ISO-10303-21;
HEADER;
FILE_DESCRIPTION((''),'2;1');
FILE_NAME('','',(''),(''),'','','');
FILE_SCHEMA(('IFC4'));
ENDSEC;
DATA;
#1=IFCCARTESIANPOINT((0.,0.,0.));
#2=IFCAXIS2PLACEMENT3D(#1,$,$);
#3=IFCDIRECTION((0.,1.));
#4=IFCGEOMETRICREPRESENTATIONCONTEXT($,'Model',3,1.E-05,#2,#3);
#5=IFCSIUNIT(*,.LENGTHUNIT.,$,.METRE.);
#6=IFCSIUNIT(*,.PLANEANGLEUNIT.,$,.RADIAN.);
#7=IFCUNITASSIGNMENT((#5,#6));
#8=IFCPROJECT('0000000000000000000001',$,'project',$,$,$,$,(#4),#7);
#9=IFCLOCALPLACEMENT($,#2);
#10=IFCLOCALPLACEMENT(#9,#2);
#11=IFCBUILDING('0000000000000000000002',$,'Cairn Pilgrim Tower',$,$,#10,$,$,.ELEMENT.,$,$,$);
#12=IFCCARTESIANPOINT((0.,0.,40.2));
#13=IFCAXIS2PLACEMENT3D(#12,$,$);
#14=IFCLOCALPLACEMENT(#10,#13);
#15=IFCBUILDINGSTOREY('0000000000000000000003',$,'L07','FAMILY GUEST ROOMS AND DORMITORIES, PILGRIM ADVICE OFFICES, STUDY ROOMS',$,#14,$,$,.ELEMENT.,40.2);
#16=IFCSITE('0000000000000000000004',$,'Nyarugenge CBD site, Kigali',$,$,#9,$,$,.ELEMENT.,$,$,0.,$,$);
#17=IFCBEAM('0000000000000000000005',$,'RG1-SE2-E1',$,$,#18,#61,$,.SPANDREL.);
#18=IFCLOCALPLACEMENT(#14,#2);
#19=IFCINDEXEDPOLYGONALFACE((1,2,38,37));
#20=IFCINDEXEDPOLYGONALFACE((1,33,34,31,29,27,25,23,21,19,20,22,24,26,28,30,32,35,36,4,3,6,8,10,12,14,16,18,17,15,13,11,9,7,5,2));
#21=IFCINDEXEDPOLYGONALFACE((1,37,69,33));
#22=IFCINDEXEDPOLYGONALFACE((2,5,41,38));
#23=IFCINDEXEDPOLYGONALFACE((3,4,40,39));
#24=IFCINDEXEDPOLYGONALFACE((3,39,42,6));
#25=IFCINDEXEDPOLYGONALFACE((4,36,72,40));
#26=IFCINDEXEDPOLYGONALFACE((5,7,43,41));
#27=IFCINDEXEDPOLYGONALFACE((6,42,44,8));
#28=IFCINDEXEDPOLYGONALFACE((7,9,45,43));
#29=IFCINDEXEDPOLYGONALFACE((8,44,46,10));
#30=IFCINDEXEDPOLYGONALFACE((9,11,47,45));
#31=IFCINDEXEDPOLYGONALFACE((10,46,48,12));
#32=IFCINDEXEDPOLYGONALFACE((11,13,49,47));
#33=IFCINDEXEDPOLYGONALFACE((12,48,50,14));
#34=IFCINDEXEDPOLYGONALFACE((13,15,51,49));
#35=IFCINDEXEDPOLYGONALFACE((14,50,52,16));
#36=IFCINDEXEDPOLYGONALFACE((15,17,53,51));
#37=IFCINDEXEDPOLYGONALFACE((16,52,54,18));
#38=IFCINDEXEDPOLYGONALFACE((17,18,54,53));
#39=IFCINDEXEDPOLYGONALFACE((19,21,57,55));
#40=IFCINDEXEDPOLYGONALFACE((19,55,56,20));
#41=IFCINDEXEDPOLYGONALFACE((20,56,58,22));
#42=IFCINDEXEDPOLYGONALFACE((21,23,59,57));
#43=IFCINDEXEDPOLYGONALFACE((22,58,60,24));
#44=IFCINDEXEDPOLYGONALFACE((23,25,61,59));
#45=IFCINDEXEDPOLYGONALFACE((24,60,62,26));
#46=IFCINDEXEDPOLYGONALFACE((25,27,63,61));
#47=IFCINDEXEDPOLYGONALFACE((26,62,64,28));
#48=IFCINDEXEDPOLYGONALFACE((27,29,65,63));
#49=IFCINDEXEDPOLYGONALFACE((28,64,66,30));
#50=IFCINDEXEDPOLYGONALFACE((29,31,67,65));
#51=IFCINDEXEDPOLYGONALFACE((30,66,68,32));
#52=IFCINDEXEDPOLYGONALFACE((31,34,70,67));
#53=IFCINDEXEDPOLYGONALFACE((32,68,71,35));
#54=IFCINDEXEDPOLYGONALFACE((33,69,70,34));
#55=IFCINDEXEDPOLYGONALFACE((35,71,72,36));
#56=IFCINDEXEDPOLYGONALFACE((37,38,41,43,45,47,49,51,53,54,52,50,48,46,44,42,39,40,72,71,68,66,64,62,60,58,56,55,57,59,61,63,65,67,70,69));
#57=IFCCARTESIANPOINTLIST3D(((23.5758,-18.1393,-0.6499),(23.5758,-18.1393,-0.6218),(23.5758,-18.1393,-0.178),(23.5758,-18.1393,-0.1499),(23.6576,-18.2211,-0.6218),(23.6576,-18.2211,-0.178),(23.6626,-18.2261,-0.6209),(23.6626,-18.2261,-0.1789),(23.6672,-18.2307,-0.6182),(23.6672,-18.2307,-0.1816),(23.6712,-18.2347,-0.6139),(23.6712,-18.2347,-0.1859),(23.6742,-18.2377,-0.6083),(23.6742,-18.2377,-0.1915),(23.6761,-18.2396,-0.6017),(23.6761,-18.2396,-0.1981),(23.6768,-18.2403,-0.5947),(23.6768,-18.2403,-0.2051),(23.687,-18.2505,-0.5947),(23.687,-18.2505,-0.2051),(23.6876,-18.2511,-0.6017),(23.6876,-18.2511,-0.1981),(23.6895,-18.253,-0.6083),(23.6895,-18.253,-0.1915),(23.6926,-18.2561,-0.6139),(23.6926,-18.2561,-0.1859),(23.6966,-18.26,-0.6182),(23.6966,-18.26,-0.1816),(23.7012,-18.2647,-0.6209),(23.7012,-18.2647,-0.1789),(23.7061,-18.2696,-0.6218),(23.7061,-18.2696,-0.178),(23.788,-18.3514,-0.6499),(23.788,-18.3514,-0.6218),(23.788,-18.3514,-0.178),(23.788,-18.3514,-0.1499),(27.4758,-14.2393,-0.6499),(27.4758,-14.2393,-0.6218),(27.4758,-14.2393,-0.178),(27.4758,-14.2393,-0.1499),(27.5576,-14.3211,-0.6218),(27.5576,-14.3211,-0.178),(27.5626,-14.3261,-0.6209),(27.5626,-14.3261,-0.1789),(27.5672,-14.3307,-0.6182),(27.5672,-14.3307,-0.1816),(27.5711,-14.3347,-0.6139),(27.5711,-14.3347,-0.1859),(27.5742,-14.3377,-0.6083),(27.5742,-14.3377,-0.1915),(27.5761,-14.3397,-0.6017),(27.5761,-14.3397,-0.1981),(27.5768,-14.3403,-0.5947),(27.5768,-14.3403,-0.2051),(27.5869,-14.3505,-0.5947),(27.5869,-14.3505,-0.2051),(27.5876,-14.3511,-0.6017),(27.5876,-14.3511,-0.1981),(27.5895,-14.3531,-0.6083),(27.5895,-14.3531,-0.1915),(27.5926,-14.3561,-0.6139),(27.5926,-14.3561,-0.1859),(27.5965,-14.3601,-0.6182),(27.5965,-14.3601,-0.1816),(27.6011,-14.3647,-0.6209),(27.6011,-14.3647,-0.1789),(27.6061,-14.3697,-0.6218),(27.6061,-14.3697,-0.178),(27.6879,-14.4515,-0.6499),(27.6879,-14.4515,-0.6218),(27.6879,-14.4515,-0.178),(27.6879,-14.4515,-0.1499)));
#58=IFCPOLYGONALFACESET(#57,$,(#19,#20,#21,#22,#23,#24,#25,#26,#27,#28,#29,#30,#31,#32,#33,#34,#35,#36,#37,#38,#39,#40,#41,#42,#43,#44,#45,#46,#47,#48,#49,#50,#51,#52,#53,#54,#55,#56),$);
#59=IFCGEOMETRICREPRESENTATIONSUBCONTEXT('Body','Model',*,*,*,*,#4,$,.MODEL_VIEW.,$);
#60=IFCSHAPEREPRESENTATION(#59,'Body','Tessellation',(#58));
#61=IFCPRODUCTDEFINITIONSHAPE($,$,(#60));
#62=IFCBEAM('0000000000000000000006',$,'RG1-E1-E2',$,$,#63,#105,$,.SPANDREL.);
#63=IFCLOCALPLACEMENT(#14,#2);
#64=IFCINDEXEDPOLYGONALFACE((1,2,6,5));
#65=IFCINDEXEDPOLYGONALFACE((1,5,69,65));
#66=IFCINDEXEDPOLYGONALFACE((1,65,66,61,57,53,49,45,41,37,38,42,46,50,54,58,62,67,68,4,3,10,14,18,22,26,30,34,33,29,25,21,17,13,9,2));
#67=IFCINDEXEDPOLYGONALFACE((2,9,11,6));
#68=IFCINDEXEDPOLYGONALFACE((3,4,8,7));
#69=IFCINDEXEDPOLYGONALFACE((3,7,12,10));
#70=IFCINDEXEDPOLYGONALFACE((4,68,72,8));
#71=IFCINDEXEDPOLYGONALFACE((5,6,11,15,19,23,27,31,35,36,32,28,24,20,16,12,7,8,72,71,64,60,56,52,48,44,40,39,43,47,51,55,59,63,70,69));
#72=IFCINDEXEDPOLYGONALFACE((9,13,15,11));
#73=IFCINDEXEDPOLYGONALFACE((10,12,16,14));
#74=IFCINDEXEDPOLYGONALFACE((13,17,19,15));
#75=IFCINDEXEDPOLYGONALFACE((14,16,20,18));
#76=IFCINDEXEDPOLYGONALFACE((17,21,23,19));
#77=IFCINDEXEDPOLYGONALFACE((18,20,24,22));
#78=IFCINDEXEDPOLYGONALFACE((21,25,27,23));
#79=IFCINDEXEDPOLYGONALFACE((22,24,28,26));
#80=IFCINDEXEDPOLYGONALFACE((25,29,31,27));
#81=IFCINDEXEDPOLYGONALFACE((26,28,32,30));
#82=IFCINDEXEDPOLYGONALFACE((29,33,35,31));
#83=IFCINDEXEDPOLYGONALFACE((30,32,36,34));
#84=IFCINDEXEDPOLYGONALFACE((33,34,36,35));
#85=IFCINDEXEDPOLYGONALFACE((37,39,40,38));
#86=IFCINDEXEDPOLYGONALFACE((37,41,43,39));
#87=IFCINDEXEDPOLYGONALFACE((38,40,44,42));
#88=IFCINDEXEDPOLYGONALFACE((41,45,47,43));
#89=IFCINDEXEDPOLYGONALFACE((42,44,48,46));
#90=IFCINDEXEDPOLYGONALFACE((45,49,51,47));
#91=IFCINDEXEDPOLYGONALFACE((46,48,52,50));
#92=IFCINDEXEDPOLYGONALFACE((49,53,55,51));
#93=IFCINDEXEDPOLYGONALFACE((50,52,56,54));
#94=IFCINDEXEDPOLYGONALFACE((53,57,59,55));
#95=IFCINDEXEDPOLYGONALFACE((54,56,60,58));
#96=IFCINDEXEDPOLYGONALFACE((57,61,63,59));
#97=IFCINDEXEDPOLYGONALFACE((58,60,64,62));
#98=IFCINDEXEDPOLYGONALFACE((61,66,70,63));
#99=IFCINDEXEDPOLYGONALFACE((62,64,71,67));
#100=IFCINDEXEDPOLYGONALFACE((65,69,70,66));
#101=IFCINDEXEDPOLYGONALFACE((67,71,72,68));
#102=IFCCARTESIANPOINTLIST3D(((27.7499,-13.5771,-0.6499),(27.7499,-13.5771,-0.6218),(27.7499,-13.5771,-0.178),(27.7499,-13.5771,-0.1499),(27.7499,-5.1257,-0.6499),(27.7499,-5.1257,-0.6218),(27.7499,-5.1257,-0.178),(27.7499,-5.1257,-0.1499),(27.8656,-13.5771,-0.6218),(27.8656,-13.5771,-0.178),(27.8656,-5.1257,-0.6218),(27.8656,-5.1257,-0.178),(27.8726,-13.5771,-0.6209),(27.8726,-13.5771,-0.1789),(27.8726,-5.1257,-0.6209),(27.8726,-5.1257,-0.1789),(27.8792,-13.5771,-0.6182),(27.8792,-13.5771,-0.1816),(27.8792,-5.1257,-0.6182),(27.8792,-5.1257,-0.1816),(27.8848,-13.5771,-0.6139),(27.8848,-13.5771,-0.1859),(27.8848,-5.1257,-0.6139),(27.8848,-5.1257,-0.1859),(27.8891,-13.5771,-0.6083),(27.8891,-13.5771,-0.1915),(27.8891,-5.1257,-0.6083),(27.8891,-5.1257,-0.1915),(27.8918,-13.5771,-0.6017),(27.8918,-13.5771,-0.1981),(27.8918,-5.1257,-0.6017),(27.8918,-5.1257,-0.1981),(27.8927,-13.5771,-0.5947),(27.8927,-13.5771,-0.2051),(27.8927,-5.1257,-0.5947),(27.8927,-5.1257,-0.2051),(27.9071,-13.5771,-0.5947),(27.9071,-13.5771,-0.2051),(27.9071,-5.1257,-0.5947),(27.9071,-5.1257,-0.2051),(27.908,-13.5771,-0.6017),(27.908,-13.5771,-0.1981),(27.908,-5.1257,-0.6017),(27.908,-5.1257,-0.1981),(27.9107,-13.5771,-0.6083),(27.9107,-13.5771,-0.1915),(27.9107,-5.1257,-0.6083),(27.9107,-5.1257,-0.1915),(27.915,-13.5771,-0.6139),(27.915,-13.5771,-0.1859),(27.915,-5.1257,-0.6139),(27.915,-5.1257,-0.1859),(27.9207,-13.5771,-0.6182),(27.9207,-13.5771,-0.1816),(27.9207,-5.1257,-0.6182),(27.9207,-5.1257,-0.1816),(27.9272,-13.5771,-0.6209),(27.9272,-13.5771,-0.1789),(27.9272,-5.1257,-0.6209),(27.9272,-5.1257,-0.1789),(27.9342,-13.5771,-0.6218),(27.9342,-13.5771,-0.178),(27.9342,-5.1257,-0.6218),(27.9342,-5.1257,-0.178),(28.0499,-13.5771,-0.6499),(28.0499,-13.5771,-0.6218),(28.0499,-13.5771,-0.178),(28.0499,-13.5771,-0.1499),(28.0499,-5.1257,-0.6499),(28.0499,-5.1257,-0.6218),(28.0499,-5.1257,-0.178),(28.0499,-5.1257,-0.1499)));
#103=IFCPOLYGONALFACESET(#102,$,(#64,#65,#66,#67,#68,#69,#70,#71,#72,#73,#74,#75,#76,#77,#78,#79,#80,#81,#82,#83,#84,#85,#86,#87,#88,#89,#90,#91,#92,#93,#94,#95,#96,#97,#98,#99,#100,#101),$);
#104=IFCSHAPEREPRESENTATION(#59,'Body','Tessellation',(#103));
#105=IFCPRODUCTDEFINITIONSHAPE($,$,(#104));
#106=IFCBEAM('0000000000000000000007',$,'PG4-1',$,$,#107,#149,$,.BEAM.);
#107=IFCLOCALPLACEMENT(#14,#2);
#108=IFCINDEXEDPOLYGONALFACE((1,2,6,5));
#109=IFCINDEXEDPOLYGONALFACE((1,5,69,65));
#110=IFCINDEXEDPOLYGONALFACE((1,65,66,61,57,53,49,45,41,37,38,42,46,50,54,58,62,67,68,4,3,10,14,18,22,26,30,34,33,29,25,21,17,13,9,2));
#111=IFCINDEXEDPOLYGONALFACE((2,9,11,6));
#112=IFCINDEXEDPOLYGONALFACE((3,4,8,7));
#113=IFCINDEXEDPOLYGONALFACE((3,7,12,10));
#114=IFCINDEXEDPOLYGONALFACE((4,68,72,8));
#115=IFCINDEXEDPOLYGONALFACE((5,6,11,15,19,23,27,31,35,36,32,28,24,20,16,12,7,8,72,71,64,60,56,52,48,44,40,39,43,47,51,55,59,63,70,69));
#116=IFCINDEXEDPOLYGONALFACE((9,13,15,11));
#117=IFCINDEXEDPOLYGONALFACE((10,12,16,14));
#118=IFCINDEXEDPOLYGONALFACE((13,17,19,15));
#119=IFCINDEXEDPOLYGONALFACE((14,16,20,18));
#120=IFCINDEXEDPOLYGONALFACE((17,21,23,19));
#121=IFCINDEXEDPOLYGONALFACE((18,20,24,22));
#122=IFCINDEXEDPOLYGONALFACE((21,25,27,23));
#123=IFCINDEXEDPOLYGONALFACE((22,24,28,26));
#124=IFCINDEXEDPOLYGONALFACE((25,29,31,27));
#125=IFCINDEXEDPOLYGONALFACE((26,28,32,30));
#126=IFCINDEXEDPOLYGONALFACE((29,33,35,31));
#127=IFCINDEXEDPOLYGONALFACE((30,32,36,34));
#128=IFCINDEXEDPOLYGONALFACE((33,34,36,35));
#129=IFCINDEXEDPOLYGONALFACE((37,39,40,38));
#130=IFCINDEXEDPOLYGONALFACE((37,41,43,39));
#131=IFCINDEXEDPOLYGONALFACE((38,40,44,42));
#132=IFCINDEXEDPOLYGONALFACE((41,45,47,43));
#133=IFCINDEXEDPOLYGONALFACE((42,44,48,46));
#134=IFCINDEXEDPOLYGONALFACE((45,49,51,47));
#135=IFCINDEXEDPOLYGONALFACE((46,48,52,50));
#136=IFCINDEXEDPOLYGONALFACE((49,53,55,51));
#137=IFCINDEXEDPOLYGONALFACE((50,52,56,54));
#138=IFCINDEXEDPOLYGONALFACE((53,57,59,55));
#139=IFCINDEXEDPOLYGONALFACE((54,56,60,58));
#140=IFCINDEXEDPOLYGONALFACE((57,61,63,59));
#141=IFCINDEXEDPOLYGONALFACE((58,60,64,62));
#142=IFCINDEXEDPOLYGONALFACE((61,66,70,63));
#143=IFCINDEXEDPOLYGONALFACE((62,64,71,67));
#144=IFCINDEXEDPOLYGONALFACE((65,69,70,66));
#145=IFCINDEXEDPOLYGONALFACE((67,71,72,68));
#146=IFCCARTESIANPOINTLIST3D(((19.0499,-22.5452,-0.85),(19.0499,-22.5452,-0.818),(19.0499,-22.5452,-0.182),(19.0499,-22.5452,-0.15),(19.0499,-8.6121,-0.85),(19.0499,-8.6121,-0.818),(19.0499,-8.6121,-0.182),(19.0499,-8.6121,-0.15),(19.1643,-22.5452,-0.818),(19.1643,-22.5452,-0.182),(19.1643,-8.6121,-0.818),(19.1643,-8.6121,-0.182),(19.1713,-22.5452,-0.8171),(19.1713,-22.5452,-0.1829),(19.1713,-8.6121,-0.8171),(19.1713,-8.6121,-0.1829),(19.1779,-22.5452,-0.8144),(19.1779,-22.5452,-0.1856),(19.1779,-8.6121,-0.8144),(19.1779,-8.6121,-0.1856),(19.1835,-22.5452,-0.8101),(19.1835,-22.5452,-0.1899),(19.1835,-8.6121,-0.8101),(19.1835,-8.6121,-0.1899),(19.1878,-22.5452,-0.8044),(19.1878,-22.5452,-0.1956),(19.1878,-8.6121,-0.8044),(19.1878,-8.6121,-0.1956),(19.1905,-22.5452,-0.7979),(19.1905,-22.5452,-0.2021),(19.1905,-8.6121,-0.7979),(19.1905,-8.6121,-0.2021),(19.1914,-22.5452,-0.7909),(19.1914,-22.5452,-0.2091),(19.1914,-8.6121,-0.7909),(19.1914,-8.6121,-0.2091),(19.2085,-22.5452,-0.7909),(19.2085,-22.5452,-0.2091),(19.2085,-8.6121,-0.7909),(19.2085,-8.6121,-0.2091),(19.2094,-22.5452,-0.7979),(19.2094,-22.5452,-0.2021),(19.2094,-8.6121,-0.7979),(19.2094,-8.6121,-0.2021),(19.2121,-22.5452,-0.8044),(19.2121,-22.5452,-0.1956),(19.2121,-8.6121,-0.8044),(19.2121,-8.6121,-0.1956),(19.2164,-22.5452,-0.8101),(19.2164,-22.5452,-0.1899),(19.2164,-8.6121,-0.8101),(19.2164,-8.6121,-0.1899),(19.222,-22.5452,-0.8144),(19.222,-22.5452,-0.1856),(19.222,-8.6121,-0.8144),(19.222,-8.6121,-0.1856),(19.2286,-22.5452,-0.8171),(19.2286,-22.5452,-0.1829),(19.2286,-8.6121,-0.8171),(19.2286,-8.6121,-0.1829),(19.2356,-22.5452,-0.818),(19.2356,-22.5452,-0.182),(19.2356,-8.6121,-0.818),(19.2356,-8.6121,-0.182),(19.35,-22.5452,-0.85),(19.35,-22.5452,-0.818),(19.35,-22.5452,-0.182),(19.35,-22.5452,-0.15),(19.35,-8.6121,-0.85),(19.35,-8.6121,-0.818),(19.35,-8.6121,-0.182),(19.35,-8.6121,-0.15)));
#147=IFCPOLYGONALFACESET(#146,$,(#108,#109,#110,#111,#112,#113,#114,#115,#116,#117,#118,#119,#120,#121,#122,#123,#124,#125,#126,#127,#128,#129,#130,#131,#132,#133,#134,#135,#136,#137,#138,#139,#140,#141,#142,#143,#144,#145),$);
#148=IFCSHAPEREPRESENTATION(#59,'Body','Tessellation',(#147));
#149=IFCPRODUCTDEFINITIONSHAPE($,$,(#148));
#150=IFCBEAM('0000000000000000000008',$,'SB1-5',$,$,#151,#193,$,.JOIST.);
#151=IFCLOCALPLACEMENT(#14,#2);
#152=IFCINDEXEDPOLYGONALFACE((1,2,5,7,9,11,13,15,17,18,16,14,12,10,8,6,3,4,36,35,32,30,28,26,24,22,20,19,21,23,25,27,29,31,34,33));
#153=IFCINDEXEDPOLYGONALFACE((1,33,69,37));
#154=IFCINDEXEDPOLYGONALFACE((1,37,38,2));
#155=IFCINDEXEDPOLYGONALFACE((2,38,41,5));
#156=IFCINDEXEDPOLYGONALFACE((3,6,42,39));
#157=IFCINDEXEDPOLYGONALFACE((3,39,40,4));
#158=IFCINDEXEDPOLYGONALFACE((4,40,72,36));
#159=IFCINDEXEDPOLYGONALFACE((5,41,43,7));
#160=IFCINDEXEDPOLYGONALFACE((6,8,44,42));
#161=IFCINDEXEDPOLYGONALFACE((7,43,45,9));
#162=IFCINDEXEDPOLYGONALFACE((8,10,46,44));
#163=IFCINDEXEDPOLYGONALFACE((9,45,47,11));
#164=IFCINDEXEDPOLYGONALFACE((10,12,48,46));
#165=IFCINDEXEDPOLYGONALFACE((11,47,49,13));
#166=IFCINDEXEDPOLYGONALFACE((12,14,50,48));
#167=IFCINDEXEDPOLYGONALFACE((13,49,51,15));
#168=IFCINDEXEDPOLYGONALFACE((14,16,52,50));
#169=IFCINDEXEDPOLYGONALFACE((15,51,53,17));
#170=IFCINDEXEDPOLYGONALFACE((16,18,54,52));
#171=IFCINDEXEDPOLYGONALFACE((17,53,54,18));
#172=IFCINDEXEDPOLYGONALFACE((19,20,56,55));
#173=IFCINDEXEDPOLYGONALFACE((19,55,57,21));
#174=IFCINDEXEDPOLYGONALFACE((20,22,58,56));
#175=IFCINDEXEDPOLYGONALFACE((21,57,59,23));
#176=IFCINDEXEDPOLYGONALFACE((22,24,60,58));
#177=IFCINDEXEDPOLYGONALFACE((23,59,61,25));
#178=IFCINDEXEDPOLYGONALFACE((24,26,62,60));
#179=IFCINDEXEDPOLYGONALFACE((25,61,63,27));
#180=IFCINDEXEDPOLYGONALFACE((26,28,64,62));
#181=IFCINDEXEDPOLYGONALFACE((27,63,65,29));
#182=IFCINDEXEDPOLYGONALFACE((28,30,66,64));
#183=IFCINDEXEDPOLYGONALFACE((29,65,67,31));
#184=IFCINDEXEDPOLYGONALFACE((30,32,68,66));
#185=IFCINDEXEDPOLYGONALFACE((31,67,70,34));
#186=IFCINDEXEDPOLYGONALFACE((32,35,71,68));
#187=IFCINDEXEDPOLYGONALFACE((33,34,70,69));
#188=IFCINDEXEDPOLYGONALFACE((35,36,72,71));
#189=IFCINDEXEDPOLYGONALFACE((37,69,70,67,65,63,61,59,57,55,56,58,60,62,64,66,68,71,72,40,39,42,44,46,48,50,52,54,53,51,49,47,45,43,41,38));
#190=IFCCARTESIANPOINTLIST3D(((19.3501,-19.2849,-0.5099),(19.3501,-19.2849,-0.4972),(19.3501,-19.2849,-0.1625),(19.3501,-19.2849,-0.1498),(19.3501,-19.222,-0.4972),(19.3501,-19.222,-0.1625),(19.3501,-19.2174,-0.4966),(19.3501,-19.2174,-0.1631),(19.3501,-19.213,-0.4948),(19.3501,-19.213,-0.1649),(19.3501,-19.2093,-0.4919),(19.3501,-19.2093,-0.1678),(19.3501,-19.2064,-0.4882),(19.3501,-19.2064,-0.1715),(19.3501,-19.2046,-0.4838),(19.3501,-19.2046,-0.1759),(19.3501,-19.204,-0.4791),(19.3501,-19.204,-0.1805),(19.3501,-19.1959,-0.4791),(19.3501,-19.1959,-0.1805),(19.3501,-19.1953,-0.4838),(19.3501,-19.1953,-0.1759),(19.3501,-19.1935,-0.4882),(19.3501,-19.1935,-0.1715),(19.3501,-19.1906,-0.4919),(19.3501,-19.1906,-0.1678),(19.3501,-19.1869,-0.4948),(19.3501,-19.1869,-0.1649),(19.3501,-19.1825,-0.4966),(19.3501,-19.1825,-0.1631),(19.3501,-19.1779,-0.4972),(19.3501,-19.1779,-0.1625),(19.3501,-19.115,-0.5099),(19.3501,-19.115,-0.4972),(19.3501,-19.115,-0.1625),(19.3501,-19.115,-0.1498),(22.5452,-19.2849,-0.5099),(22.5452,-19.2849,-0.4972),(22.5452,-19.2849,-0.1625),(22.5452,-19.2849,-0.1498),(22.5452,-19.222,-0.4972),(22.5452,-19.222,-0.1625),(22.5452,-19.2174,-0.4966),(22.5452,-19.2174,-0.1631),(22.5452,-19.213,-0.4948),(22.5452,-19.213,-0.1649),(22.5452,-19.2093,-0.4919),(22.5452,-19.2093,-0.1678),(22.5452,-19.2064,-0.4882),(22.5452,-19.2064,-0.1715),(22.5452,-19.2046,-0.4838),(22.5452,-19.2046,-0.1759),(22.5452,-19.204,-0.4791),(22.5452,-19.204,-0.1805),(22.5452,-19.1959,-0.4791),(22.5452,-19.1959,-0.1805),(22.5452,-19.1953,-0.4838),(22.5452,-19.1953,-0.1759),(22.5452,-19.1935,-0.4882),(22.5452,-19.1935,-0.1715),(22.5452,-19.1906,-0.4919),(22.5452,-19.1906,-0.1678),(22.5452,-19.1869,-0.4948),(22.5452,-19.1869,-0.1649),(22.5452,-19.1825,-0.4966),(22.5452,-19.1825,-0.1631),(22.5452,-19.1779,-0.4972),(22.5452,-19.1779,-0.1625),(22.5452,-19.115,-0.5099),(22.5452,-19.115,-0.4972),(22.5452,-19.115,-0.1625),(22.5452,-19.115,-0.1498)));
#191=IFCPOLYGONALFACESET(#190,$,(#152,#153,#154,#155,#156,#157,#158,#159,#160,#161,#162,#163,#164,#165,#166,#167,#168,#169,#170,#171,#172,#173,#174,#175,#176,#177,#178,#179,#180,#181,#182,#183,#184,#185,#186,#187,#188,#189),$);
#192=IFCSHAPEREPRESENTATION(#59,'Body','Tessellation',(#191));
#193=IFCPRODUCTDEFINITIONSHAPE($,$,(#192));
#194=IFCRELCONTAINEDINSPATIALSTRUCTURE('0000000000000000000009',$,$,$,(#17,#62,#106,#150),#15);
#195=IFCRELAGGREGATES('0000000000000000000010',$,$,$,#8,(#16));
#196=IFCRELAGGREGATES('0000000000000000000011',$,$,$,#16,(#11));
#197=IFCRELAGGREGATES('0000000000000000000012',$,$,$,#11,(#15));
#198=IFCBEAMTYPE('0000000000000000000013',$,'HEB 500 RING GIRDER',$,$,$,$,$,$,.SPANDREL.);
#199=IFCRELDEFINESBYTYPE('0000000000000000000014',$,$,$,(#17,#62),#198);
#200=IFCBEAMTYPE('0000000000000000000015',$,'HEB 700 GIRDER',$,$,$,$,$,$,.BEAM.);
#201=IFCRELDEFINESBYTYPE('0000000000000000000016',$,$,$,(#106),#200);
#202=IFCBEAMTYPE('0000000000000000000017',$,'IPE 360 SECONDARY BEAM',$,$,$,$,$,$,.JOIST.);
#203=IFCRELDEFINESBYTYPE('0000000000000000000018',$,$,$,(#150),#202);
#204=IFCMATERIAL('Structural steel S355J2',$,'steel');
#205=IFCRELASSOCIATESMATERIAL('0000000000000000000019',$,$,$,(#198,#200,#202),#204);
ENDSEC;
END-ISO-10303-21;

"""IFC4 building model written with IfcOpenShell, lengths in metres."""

from ifc_helpers import new_model, si_unit, direction, frame, origin, origin_2d, place, context, subcontext, project, spatial, i_section, extrude, material, material_profile, profile_set, type_object, element, save


model = new_model("IFC4")

# Units and contexts
model_context = context("Model", 3, precision=1e-05, world=origin(), true_north=direction((0.0, 1.0)))
body_context = subcontext(model_context, "Body", "Model", "MODEL_VIEW")
ifc_project = project(units=[si_unit("LENGTHUNIT", "METRE"), si_unit("PLANEANGLEUNIT", "RADIAN")], contexts=[model_context])

# Site, building, storey
site_placement = place(None, origin())
site = spatial("IfcSite", under=ifc_project, at=site_placement, Name="Nyarugenge CBD site, Kigali", CompositionType="ELEMENT", RefElevation=0.0)
building_placement = place(site_placement, origin())
building = spatial("IfcBuilding", under=site, at=building_placement, Name="Cairn Pilgrim Tower", CompositionType="ELEMENT")
storey_placement = place(building_placement, frame((0.0, 0.0, 40.2)))
storey = spatial("IfcBuildingStorey", under=building, at=storey_placement, Name="L07", Description="FAMILY GUEST ROOMS AND DORMITORIES, PILGRIM ADVICE OFFICES, STUDY ROOMS", CompositionType="ELEMENT", Elevation=40.2)

# Beams
ifc_material_1 = material(Name="Structural steel S355J2", Category="steel")
ifc_material_profile_1 = material_profile(ifc_material_1, i_section(OverallWidth=0.3, OverallDepth=0.5, WebThickness=0.0144, FlangeThickness=0.0281, FilletRadius=0.0271, at=origin_2d()), Name="HEB 500")
ifc_profile_set_1 = profile_set([ifc_material_profile_1], Name="Structural steel S355J2")
beam_type_1 = type_object("IfcBeamType", Name="HEB 500 RING GIRDER", PredefinedType="SPANDREL", material=ifc_profile_set_1)
for number, where, z_axis, x_axis, name in (
    (1, (23.6819, -18.2454, -0.3999), (0.707107, 0.707107, 0.0), (-0.707107, 0.707107, 0.0), "RG1-SE2-E1"),
):
    element("IfcBeam", number, at=place(storey_placement, frame(where, z_axis=z_axis, x_axis=x_axis)), inside=storey, type_object=beam_type_1, Name=name, PredefinedType="SPANDREL", context=body_context, shape_type="SweptSolid", body=[
        extrude(i_section(OverallWidth=0.3, OverallDepth=0.5, WebThickness=0.0144, FlangeThickness=0.0281, FilletRadius=0.0271, at=origin_2d()), origin(), (0.0, 0.0, 1.0), 5.5154),
    ])
beam_1_placement = place(storey_placement, frame((27.8999, -13.5771, -0.3999), z_axis=(0.0, 1.0, 0.0), x_axis=(-1.0, 0.0, 0.0)))
element("IfcBeam", 2, at=beam_1_placement, inside=storey, type_object=beam_type_1, Name="RG1-E1-E2", PredefinedType="SPANDREL", context=body_context, shape_type="SweptSolid", body=[
    extrude(i_section(OverallWidth=0.3, OverallDepth=0.5, WebThickness=0.0144, FlangeThickness=0.0281, FilletRadius=0.0271, at=origin_2d()), origin(), (0.0, 0.0, 1.0), 8.4514),
])
ifc_material_profile_2 = material_profile(ifc_material_1, i_section(OverallWidth=0.3, OverallDepth=0.7, WebThickness=0.0171, FlangeThickness=0.032, FilletRadius=0.0271, at=origin_2d()), Name="HEB 700")
ifc_profile_set_2 = profile_set([ifc_material_profile_2], Name="Structural steel S355J2")
beam_type_2 = type_object("IfcBeamType", Name="HEB 700 GIRDER", PredefinedType="BEAM", material=ifc_profile_set_2)
beam_2_placement = place(storey_placement, frame((19.2, -22.5452, -0.5), z_axis=(0.0, 1.0, 0.0), x_axis=(-1.0, 0.0, 0.0)))
element("IfcBeam", 3, at=beam_2_placement, inside=storey, type_object=beam_type_2, Name="PG4-1", PredefinedType="BEAM", context=body_context, shape_type="SweptSolid", body=[
    extrude(i_section(OverallWidth=0.3, OverallDepth=0.7, WebThickness=0.0171, FlangeThickness=0.032, FilletRadius=0.0271, at=origin_2d()), origin(), (0.0, 0.0, 1.0), 13.9331),
])
ifc_material_profile_3 = material_profile(ifc_material_1, i_section(OverallWidth=0.1699, OverallDepth=0.3601, WebThickness=0.0081, FlangeThickness=0.0127, FilletRadius=0.0181, at=origin_2d()), Name="IPE 360")
ifc_profile_set_3 = profile_set([ifc_material_profile_3], Name="Structural steel S355J2")
beam_type_3 = type_object("IfcBeamType", Name="IPE 360 SECONDARY BEAM", PredefinedType="JOIST", material=ifc_profile_set_3)
beam_3_placement = place(storey_placement, frame((19.3501, -19.2, -0.3298), z_axis=(1.0, 0.0, 0.0), x_axis=(0.0, 1.0, 0.0)))
element("IfcBeam", 4, at=beam_3_placement, inside=storey, type_object=beam_type_3, Name="SB1-5", PredefinedType="JOIST", context=body_context, shape_type="SweptSolid", body=[
    extrude(i_section(OverallWidth=0.1699, OverallDepth=0.3601, WebThickness=0.0081, FlangeThickness=0.0127, FilletRadius=0.0181, at=origin_2d()), origin(), (0.0, 0.0, 1.0), 3.1951),
])

save(model, "model.ifc")
